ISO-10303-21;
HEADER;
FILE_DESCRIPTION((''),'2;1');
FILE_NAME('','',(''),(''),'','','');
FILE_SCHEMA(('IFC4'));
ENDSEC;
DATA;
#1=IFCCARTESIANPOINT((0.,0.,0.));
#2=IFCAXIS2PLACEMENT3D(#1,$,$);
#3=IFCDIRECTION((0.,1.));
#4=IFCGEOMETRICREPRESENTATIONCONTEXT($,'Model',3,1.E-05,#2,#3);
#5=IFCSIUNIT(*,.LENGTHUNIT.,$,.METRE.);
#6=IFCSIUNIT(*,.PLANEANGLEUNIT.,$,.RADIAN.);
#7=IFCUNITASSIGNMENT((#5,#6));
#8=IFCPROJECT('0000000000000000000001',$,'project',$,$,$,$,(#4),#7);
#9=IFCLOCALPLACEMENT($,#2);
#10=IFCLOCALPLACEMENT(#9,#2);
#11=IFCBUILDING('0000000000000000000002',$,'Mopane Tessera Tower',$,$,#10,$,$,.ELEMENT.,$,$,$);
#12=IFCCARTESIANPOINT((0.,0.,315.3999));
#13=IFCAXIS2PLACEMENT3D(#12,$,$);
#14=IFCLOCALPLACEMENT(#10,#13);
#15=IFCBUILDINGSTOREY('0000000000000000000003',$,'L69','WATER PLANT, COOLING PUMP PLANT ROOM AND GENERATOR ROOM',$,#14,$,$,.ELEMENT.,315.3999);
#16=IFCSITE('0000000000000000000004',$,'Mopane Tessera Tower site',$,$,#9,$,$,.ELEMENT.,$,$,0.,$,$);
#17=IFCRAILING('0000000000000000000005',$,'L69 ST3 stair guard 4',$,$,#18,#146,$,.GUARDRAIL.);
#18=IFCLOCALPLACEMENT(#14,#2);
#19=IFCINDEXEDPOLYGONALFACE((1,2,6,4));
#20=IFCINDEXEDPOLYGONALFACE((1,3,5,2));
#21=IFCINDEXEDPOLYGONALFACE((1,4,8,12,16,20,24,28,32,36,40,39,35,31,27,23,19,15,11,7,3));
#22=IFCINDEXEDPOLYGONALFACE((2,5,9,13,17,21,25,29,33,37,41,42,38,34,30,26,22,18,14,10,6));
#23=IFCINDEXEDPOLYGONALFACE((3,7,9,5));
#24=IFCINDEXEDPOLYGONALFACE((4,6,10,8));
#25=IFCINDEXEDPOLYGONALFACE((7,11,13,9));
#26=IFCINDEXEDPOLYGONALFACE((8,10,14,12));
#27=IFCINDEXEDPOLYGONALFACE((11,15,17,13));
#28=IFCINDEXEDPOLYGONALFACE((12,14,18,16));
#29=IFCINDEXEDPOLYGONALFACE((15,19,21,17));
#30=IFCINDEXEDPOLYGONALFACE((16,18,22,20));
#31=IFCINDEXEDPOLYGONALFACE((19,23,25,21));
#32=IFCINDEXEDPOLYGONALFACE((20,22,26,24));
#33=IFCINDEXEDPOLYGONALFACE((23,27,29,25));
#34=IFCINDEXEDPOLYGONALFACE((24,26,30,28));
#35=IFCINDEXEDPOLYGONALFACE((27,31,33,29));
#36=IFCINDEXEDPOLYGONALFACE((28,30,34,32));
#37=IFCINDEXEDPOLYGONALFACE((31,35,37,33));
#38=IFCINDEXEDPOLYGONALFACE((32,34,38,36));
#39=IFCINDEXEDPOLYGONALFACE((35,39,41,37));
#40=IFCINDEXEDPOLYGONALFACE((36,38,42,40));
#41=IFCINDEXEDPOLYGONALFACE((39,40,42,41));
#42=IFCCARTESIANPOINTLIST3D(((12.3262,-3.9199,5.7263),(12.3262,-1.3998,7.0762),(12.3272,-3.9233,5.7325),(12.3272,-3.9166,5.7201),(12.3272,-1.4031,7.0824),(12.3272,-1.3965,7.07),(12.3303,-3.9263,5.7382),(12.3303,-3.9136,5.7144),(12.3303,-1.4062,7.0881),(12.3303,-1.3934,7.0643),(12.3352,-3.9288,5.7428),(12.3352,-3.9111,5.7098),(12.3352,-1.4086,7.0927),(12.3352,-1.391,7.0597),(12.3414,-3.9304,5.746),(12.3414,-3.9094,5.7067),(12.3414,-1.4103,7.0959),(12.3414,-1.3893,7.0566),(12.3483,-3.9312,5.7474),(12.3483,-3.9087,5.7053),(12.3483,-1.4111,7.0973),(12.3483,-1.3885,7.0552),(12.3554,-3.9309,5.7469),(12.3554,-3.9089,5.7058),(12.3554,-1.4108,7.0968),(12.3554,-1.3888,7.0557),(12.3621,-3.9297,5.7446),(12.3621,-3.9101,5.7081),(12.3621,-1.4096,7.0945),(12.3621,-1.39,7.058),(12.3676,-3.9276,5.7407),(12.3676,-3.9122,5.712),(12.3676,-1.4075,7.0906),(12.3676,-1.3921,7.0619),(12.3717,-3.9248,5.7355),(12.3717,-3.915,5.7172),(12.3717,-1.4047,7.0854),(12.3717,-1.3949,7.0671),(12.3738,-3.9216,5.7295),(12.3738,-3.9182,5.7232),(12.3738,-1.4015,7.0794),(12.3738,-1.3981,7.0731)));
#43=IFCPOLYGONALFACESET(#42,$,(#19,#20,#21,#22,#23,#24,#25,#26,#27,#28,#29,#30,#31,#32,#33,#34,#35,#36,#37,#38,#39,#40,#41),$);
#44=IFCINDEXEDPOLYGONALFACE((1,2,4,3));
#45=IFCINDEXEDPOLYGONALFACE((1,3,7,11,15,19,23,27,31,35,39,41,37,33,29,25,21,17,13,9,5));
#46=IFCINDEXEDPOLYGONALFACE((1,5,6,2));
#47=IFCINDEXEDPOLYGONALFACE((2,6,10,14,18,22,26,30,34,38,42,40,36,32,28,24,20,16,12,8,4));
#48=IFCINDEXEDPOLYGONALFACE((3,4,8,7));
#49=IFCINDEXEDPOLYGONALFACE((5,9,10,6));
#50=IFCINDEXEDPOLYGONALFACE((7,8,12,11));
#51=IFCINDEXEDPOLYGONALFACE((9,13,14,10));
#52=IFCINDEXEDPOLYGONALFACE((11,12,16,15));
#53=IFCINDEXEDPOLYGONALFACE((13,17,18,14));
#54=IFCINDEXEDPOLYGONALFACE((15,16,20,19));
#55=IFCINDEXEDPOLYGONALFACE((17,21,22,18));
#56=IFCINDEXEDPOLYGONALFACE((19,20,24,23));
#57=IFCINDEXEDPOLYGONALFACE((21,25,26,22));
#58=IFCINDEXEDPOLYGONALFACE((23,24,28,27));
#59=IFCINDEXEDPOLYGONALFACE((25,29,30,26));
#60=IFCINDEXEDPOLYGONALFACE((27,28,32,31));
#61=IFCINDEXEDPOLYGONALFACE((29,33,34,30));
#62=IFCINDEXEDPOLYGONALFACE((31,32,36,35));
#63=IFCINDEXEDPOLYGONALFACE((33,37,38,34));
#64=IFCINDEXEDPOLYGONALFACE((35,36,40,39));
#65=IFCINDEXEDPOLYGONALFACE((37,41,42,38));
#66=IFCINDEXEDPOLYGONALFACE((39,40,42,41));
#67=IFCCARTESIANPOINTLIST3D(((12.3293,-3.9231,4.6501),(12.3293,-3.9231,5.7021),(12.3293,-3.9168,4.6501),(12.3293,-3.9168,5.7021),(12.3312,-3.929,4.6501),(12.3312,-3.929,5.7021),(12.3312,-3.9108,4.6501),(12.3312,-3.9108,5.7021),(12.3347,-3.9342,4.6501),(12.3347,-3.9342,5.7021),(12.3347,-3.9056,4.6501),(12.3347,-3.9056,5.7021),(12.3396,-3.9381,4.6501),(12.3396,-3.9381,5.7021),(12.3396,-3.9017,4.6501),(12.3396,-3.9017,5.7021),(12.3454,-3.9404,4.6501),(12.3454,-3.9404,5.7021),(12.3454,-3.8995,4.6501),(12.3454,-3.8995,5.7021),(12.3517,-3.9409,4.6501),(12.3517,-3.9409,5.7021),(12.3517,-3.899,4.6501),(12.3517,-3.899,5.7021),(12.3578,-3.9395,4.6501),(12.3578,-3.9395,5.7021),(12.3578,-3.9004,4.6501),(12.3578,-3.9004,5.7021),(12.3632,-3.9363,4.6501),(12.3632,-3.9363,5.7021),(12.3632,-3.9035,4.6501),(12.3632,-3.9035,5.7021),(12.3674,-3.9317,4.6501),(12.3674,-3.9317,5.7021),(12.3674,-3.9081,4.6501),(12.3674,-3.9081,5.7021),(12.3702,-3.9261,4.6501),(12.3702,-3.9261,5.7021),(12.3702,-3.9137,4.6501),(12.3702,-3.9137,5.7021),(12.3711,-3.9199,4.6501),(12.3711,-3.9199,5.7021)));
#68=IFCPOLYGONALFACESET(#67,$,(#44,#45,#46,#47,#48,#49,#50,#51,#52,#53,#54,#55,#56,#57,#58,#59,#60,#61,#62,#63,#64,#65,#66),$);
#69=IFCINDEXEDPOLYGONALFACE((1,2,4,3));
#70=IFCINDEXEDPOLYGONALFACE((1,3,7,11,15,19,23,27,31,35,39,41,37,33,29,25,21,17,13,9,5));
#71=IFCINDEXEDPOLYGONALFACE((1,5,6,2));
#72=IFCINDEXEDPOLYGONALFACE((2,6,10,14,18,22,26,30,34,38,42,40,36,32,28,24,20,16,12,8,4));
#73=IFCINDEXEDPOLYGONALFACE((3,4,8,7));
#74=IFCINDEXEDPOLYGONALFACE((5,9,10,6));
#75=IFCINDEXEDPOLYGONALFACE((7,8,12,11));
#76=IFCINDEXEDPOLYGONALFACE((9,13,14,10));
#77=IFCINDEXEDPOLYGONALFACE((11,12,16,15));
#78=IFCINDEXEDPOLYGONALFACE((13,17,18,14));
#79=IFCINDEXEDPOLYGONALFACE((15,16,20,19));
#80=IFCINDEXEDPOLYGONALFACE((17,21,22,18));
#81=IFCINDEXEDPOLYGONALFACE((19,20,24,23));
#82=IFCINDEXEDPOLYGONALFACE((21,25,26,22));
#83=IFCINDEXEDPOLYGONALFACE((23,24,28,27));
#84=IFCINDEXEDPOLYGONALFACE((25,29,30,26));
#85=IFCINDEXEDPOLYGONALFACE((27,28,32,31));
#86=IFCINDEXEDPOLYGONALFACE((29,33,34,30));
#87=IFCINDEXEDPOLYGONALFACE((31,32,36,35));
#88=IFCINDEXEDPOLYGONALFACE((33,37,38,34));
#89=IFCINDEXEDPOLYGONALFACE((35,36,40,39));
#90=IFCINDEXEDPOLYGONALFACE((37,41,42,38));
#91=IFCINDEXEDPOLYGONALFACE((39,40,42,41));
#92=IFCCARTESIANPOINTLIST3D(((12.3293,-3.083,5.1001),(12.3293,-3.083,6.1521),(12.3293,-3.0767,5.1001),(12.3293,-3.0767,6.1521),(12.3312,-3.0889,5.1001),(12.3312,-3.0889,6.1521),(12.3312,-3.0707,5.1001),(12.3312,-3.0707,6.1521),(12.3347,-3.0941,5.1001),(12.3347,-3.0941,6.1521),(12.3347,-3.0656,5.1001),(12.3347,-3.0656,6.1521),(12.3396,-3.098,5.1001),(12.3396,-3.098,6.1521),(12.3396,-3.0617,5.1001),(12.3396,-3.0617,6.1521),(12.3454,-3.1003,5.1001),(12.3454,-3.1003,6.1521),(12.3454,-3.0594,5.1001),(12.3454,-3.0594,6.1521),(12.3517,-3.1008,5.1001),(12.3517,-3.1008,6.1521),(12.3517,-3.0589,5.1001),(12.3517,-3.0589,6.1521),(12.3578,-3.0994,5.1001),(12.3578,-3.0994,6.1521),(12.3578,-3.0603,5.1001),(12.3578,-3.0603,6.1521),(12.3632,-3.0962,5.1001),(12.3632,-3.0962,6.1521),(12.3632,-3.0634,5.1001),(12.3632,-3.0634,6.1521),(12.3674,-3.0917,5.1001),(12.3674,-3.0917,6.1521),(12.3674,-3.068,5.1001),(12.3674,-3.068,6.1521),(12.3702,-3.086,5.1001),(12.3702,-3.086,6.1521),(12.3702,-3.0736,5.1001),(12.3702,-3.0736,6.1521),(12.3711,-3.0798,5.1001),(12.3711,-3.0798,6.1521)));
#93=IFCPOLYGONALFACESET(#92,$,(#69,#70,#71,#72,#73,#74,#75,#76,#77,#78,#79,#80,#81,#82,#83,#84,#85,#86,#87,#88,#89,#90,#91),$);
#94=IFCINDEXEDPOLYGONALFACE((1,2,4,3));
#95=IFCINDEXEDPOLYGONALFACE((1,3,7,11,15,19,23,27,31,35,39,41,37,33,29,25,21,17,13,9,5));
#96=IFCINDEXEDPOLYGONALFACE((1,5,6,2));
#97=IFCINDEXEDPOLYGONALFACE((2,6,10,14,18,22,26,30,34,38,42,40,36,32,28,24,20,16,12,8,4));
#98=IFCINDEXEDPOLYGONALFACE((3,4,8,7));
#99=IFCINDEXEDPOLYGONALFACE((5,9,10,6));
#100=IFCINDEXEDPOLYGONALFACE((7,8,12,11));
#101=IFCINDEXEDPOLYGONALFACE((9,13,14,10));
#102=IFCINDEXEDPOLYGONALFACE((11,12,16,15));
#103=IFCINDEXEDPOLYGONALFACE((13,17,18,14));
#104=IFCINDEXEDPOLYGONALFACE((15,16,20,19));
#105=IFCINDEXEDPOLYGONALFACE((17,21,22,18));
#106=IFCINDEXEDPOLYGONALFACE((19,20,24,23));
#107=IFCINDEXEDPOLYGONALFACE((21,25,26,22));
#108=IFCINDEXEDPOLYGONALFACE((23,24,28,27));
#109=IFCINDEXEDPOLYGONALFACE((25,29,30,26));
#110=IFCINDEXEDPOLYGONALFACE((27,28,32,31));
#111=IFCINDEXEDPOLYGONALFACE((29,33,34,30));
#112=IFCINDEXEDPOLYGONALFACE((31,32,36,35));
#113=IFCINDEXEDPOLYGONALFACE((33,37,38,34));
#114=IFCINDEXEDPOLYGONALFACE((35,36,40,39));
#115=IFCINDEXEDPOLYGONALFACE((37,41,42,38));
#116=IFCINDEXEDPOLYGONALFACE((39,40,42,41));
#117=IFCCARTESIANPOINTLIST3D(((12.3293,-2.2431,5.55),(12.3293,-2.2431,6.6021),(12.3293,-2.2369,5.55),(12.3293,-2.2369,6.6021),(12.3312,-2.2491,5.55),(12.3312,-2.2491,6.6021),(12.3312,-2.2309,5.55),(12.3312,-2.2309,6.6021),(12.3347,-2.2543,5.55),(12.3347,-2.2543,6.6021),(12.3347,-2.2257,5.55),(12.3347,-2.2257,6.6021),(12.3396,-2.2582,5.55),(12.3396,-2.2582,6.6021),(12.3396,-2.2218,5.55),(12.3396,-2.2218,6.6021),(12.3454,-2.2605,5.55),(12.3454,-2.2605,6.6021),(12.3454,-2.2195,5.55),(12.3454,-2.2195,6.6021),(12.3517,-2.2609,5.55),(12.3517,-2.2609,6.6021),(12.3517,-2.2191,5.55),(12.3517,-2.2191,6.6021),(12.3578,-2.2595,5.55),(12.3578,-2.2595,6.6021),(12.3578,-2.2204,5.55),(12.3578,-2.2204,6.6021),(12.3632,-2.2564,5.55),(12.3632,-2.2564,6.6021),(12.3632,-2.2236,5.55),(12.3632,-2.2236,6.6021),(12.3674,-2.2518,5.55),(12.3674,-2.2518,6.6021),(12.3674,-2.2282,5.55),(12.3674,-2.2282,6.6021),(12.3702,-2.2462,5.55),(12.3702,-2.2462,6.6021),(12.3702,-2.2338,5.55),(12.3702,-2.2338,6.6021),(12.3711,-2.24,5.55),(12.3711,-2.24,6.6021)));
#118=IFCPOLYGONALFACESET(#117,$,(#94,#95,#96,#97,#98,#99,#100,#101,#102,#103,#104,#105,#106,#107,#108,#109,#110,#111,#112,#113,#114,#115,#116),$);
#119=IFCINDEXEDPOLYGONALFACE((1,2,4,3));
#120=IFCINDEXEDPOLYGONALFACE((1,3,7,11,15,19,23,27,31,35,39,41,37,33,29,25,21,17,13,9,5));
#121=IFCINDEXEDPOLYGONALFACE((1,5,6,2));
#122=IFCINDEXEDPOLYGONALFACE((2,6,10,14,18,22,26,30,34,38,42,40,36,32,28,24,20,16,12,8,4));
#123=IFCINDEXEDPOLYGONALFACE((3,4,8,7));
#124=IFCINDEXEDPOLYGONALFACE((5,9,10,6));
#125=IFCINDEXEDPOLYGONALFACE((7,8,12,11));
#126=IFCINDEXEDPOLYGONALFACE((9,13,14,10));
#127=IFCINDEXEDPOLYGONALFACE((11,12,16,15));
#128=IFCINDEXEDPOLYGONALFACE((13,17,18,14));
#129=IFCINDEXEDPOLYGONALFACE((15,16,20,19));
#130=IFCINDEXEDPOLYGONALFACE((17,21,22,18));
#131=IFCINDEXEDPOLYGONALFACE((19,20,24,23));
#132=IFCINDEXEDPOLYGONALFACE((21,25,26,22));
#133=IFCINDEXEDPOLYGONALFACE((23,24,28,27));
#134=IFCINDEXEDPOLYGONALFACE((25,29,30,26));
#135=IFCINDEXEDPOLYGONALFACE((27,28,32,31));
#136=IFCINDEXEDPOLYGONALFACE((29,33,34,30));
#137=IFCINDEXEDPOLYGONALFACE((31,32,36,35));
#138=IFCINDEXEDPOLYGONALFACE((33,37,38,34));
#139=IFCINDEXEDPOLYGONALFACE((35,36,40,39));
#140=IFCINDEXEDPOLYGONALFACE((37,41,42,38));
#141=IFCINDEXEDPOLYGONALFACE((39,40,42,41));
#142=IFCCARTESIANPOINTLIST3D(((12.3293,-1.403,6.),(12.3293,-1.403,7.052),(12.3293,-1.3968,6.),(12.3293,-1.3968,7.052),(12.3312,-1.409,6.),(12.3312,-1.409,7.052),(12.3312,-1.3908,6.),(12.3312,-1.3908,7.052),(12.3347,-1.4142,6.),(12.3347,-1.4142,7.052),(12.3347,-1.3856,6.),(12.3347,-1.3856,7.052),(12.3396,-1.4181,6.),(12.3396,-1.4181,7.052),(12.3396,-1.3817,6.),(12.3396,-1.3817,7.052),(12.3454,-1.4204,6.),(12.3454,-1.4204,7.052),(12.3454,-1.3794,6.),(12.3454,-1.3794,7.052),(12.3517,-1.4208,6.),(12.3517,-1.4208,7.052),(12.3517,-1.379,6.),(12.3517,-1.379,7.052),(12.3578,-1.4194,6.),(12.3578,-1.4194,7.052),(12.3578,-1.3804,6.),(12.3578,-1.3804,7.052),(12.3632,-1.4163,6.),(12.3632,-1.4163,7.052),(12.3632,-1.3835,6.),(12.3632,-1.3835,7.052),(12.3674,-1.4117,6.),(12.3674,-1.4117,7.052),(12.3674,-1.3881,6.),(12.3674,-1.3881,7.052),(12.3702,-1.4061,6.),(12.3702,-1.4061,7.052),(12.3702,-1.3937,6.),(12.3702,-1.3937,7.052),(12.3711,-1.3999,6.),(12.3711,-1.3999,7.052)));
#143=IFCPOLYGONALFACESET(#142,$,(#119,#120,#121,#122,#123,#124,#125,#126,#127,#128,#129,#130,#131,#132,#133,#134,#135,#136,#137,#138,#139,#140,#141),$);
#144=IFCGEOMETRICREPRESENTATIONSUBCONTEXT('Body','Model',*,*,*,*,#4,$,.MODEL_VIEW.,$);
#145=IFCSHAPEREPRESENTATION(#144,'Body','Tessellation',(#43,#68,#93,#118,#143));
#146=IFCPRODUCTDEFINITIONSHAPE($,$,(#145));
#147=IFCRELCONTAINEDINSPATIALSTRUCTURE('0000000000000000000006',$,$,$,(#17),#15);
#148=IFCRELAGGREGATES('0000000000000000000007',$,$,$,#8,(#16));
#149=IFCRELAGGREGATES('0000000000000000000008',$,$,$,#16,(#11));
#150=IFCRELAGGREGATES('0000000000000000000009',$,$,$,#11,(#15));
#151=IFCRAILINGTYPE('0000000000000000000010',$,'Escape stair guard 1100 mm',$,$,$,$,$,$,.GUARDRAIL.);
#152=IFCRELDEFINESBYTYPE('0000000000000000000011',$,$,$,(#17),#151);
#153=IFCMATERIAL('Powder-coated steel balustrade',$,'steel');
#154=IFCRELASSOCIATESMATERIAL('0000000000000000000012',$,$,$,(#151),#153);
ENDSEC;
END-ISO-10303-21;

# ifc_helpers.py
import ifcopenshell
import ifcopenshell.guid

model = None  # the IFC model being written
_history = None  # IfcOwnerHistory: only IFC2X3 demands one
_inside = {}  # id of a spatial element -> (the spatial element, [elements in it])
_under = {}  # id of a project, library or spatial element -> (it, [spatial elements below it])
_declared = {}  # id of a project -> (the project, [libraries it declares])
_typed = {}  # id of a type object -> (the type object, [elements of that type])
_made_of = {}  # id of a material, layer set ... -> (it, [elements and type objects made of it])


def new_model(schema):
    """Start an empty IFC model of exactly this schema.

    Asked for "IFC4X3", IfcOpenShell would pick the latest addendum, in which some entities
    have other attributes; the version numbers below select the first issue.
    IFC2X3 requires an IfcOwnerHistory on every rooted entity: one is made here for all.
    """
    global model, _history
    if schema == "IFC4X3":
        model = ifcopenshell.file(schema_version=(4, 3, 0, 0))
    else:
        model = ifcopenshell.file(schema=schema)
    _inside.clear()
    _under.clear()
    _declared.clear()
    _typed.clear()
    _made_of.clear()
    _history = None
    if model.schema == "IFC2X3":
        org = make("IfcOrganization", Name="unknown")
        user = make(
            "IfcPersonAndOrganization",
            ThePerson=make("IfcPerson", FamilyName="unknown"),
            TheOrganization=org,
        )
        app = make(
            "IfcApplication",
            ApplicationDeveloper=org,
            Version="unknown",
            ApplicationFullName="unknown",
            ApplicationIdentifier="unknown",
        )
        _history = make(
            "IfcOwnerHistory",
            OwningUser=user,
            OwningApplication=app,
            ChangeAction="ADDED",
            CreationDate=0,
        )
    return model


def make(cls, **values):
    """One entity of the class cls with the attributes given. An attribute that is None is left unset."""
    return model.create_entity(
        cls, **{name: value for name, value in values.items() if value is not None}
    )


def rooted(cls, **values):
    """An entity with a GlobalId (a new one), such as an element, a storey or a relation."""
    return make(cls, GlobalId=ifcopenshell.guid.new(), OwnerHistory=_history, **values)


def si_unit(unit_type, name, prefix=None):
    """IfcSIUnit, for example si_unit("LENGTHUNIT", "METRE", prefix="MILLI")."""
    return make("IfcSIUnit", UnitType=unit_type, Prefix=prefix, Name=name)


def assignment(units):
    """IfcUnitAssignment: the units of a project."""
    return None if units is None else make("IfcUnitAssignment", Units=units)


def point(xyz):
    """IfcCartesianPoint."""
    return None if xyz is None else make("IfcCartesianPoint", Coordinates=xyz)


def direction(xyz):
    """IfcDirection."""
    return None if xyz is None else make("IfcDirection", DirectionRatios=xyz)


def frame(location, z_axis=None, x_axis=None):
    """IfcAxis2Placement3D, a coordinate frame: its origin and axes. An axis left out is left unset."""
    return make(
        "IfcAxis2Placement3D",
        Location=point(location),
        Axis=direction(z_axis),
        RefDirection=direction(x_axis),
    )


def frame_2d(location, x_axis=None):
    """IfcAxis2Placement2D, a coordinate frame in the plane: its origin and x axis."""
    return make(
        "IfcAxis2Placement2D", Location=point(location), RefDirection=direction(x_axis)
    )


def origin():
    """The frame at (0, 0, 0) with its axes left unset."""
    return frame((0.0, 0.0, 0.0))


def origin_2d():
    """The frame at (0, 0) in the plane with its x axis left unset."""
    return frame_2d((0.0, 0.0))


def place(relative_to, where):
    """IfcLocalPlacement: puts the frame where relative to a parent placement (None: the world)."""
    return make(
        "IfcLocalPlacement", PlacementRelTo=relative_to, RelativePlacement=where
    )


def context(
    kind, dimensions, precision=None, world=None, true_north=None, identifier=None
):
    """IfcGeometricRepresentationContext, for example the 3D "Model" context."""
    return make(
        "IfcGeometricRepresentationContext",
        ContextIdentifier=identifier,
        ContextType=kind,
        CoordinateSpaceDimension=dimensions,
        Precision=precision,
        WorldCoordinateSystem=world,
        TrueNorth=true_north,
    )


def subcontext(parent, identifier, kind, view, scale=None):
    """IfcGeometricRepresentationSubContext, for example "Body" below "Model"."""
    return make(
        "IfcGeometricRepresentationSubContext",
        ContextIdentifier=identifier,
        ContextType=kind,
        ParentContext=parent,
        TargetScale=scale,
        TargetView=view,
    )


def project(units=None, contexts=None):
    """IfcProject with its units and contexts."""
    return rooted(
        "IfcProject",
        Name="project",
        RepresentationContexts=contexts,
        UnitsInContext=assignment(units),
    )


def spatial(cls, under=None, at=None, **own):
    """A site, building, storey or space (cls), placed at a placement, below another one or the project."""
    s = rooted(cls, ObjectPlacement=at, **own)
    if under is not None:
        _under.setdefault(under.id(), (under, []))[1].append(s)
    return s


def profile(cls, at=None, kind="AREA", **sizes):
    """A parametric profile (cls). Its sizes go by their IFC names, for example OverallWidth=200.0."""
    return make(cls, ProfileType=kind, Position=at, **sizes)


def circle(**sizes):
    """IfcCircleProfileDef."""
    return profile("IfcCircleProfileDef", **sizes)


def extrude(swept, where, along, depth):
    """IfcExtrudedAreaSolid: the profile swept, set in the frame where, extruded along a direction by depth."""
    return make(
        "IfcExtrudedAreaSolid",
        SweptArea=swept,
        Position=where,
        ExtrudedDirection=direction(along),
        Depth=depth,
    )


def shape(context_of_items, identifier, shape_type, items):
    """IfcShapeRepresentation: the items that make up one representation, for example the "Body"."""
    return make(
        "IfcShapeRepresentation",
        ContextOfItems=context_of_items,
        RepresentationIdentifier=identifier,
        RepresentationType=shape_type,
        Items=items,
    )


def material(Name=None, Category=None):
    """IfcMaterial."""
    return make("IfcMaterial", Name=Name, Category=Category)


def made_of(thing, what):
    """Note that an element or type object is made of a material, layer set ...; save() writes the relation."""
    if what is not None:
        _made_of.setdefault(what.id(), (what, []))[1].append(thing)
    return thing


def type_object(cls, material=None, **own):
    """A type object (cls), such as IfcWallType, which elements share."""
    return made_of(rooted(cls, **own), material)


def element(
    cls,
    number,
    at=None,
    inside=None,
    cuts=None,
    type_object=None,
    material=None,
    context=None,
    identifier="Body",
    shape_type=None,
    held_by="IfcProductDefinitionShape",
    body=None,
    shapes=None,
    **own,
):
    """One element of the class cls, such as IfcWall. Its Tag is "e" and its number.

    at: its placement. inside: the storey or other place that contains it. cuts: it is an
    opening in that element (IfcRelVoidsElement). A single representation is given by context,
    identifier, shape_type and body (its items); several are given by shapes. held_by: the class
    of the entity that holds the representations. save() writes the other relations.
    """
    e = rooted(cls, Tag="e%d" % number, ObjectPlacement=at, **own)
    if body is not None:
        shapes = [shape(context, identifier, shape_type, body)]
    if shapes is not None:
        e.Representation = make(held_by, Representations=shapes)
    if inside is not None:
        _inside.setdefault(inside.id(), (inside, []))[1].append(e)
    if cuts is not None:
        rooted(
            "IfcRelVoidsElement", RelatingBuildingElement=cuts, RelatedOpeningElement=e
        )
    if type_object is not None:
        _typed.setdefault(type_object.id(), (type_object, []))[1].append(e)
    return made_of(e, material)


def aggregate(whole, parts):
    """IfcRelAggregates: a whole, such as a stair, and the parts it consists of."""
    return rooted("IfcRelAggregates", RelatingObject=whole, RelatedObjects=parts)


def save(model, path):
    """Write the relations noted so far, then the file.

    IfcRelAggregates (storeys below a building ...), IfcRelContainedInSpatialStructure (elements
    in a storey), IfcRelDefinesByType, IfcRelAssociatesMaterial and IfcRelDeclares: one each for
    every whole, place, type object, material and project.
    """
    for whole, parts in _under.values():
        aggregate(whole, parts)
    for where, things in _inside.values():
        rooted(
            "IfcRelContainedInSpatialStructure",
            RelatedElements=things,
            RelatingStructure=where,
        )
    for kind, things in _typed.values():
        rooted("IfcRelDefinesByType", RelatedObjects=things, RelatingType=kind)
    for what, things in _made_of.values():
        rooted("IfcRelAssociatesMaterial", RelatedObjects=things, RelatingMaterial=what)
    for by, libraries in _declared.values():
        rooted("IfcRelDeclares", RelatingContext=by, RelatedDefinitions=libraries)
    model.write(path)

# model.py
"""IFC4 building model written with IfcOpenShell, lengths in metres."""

from ifc_helpers import new_model, si_unit, direction, frame, origin, origin_2d, place, context, subcontext, project, spatial, circle, extrude, material, type_object, element, save


model = new_model("IFC4")

# Units and contexts
model_context = context("Model", 3, precision=1e-05, world=origin(), true_north=direction((0.0, 1.0)))
body_context = subcontext(model_context, "Body", "Model", "MODEL_VIEW")
ifc_project = project(units=[si_unit("LENGTHUNIT", "METRE"), si_unit("PLANEANGLEUNIT", "RADIAN")], contexts=[model_context])

# Site, building, storey
site_placement = place(None, origin())
site = spatial("IfcSite", under=ifc_project, at=site_placement, Name="Mopane Tessera Tower site", CompositionType="ELEMENT", RefElevation=0.0)
building_placement = place(site_placement, origin())
building = spatial("IfcBuilding", under=site, at=building_placement, Name="Mopane Tessera Tower", CompositionType="ELEMENT")
storey_placement = place(building_placement, frame((0.0, 0.0, 315.3999)))
storey = spatial("IfcBuildingStorey", under=building, at=storey_placement, Name="L69", Description="WATER PLANT, COOLING PUMP PLANT ROOM AND GENERATOR ROOM", CompositionType="ELEMENT", Elevation=315.3999)

# Railing
ifc_material_1 = material(Name="Powder-coated steel balustrade", Category="steel")
railing_type_1 = type_object("IfcRailingType", Name="Escape stair guard 1100 mm", PredefinedType="GUARDRAIL", material=ifc_material_1)
railing_1_placement = place(storey_placement, frame((12.3501, -3.9199, 4.6501)))
element("IfcRailing", 1, at=railing_1_placement, inside=storey, type_object=railing_type_1, Name="L69 ST3 stair guard 4", PredefinedType="GUARDRAIL", context=body_context, shape_type="SweptSolid", body=[
    extrude(circle(Radius=0.0239, at=origin_2d()), frame((0.0, 0.0, 1.0762), z_axis=(0.0, 0.881503, 0.472179), x_axis=(-1.0, 0.0, 0.0)), (0.0, 0.0, 1.0), 2.8589),
    extrude(circle(Radius=0.021, at=origin_2d()), origin(), (0.0, 0.0, 1.0), 1.052),
    extrude(circle(Radius=0.021, at=origin_2d()), frame((0.0, 0.8401, 0.45)), (0.0, 0.0, 1.0), 1.052),
    extrude(circle(Radius=0.021, at=origin_2d()), frame((0.0, 1.6799, 0.8999)), (0.0, 0.0, 1.0), 1.052),
    extrude(circle(Radius=0.021, at=origin_2d()), frame((0.0, 2.52, 1.3499)), (0.0, 0.0, 1.0), 1.052),
])

save(model, "model.ifc")
